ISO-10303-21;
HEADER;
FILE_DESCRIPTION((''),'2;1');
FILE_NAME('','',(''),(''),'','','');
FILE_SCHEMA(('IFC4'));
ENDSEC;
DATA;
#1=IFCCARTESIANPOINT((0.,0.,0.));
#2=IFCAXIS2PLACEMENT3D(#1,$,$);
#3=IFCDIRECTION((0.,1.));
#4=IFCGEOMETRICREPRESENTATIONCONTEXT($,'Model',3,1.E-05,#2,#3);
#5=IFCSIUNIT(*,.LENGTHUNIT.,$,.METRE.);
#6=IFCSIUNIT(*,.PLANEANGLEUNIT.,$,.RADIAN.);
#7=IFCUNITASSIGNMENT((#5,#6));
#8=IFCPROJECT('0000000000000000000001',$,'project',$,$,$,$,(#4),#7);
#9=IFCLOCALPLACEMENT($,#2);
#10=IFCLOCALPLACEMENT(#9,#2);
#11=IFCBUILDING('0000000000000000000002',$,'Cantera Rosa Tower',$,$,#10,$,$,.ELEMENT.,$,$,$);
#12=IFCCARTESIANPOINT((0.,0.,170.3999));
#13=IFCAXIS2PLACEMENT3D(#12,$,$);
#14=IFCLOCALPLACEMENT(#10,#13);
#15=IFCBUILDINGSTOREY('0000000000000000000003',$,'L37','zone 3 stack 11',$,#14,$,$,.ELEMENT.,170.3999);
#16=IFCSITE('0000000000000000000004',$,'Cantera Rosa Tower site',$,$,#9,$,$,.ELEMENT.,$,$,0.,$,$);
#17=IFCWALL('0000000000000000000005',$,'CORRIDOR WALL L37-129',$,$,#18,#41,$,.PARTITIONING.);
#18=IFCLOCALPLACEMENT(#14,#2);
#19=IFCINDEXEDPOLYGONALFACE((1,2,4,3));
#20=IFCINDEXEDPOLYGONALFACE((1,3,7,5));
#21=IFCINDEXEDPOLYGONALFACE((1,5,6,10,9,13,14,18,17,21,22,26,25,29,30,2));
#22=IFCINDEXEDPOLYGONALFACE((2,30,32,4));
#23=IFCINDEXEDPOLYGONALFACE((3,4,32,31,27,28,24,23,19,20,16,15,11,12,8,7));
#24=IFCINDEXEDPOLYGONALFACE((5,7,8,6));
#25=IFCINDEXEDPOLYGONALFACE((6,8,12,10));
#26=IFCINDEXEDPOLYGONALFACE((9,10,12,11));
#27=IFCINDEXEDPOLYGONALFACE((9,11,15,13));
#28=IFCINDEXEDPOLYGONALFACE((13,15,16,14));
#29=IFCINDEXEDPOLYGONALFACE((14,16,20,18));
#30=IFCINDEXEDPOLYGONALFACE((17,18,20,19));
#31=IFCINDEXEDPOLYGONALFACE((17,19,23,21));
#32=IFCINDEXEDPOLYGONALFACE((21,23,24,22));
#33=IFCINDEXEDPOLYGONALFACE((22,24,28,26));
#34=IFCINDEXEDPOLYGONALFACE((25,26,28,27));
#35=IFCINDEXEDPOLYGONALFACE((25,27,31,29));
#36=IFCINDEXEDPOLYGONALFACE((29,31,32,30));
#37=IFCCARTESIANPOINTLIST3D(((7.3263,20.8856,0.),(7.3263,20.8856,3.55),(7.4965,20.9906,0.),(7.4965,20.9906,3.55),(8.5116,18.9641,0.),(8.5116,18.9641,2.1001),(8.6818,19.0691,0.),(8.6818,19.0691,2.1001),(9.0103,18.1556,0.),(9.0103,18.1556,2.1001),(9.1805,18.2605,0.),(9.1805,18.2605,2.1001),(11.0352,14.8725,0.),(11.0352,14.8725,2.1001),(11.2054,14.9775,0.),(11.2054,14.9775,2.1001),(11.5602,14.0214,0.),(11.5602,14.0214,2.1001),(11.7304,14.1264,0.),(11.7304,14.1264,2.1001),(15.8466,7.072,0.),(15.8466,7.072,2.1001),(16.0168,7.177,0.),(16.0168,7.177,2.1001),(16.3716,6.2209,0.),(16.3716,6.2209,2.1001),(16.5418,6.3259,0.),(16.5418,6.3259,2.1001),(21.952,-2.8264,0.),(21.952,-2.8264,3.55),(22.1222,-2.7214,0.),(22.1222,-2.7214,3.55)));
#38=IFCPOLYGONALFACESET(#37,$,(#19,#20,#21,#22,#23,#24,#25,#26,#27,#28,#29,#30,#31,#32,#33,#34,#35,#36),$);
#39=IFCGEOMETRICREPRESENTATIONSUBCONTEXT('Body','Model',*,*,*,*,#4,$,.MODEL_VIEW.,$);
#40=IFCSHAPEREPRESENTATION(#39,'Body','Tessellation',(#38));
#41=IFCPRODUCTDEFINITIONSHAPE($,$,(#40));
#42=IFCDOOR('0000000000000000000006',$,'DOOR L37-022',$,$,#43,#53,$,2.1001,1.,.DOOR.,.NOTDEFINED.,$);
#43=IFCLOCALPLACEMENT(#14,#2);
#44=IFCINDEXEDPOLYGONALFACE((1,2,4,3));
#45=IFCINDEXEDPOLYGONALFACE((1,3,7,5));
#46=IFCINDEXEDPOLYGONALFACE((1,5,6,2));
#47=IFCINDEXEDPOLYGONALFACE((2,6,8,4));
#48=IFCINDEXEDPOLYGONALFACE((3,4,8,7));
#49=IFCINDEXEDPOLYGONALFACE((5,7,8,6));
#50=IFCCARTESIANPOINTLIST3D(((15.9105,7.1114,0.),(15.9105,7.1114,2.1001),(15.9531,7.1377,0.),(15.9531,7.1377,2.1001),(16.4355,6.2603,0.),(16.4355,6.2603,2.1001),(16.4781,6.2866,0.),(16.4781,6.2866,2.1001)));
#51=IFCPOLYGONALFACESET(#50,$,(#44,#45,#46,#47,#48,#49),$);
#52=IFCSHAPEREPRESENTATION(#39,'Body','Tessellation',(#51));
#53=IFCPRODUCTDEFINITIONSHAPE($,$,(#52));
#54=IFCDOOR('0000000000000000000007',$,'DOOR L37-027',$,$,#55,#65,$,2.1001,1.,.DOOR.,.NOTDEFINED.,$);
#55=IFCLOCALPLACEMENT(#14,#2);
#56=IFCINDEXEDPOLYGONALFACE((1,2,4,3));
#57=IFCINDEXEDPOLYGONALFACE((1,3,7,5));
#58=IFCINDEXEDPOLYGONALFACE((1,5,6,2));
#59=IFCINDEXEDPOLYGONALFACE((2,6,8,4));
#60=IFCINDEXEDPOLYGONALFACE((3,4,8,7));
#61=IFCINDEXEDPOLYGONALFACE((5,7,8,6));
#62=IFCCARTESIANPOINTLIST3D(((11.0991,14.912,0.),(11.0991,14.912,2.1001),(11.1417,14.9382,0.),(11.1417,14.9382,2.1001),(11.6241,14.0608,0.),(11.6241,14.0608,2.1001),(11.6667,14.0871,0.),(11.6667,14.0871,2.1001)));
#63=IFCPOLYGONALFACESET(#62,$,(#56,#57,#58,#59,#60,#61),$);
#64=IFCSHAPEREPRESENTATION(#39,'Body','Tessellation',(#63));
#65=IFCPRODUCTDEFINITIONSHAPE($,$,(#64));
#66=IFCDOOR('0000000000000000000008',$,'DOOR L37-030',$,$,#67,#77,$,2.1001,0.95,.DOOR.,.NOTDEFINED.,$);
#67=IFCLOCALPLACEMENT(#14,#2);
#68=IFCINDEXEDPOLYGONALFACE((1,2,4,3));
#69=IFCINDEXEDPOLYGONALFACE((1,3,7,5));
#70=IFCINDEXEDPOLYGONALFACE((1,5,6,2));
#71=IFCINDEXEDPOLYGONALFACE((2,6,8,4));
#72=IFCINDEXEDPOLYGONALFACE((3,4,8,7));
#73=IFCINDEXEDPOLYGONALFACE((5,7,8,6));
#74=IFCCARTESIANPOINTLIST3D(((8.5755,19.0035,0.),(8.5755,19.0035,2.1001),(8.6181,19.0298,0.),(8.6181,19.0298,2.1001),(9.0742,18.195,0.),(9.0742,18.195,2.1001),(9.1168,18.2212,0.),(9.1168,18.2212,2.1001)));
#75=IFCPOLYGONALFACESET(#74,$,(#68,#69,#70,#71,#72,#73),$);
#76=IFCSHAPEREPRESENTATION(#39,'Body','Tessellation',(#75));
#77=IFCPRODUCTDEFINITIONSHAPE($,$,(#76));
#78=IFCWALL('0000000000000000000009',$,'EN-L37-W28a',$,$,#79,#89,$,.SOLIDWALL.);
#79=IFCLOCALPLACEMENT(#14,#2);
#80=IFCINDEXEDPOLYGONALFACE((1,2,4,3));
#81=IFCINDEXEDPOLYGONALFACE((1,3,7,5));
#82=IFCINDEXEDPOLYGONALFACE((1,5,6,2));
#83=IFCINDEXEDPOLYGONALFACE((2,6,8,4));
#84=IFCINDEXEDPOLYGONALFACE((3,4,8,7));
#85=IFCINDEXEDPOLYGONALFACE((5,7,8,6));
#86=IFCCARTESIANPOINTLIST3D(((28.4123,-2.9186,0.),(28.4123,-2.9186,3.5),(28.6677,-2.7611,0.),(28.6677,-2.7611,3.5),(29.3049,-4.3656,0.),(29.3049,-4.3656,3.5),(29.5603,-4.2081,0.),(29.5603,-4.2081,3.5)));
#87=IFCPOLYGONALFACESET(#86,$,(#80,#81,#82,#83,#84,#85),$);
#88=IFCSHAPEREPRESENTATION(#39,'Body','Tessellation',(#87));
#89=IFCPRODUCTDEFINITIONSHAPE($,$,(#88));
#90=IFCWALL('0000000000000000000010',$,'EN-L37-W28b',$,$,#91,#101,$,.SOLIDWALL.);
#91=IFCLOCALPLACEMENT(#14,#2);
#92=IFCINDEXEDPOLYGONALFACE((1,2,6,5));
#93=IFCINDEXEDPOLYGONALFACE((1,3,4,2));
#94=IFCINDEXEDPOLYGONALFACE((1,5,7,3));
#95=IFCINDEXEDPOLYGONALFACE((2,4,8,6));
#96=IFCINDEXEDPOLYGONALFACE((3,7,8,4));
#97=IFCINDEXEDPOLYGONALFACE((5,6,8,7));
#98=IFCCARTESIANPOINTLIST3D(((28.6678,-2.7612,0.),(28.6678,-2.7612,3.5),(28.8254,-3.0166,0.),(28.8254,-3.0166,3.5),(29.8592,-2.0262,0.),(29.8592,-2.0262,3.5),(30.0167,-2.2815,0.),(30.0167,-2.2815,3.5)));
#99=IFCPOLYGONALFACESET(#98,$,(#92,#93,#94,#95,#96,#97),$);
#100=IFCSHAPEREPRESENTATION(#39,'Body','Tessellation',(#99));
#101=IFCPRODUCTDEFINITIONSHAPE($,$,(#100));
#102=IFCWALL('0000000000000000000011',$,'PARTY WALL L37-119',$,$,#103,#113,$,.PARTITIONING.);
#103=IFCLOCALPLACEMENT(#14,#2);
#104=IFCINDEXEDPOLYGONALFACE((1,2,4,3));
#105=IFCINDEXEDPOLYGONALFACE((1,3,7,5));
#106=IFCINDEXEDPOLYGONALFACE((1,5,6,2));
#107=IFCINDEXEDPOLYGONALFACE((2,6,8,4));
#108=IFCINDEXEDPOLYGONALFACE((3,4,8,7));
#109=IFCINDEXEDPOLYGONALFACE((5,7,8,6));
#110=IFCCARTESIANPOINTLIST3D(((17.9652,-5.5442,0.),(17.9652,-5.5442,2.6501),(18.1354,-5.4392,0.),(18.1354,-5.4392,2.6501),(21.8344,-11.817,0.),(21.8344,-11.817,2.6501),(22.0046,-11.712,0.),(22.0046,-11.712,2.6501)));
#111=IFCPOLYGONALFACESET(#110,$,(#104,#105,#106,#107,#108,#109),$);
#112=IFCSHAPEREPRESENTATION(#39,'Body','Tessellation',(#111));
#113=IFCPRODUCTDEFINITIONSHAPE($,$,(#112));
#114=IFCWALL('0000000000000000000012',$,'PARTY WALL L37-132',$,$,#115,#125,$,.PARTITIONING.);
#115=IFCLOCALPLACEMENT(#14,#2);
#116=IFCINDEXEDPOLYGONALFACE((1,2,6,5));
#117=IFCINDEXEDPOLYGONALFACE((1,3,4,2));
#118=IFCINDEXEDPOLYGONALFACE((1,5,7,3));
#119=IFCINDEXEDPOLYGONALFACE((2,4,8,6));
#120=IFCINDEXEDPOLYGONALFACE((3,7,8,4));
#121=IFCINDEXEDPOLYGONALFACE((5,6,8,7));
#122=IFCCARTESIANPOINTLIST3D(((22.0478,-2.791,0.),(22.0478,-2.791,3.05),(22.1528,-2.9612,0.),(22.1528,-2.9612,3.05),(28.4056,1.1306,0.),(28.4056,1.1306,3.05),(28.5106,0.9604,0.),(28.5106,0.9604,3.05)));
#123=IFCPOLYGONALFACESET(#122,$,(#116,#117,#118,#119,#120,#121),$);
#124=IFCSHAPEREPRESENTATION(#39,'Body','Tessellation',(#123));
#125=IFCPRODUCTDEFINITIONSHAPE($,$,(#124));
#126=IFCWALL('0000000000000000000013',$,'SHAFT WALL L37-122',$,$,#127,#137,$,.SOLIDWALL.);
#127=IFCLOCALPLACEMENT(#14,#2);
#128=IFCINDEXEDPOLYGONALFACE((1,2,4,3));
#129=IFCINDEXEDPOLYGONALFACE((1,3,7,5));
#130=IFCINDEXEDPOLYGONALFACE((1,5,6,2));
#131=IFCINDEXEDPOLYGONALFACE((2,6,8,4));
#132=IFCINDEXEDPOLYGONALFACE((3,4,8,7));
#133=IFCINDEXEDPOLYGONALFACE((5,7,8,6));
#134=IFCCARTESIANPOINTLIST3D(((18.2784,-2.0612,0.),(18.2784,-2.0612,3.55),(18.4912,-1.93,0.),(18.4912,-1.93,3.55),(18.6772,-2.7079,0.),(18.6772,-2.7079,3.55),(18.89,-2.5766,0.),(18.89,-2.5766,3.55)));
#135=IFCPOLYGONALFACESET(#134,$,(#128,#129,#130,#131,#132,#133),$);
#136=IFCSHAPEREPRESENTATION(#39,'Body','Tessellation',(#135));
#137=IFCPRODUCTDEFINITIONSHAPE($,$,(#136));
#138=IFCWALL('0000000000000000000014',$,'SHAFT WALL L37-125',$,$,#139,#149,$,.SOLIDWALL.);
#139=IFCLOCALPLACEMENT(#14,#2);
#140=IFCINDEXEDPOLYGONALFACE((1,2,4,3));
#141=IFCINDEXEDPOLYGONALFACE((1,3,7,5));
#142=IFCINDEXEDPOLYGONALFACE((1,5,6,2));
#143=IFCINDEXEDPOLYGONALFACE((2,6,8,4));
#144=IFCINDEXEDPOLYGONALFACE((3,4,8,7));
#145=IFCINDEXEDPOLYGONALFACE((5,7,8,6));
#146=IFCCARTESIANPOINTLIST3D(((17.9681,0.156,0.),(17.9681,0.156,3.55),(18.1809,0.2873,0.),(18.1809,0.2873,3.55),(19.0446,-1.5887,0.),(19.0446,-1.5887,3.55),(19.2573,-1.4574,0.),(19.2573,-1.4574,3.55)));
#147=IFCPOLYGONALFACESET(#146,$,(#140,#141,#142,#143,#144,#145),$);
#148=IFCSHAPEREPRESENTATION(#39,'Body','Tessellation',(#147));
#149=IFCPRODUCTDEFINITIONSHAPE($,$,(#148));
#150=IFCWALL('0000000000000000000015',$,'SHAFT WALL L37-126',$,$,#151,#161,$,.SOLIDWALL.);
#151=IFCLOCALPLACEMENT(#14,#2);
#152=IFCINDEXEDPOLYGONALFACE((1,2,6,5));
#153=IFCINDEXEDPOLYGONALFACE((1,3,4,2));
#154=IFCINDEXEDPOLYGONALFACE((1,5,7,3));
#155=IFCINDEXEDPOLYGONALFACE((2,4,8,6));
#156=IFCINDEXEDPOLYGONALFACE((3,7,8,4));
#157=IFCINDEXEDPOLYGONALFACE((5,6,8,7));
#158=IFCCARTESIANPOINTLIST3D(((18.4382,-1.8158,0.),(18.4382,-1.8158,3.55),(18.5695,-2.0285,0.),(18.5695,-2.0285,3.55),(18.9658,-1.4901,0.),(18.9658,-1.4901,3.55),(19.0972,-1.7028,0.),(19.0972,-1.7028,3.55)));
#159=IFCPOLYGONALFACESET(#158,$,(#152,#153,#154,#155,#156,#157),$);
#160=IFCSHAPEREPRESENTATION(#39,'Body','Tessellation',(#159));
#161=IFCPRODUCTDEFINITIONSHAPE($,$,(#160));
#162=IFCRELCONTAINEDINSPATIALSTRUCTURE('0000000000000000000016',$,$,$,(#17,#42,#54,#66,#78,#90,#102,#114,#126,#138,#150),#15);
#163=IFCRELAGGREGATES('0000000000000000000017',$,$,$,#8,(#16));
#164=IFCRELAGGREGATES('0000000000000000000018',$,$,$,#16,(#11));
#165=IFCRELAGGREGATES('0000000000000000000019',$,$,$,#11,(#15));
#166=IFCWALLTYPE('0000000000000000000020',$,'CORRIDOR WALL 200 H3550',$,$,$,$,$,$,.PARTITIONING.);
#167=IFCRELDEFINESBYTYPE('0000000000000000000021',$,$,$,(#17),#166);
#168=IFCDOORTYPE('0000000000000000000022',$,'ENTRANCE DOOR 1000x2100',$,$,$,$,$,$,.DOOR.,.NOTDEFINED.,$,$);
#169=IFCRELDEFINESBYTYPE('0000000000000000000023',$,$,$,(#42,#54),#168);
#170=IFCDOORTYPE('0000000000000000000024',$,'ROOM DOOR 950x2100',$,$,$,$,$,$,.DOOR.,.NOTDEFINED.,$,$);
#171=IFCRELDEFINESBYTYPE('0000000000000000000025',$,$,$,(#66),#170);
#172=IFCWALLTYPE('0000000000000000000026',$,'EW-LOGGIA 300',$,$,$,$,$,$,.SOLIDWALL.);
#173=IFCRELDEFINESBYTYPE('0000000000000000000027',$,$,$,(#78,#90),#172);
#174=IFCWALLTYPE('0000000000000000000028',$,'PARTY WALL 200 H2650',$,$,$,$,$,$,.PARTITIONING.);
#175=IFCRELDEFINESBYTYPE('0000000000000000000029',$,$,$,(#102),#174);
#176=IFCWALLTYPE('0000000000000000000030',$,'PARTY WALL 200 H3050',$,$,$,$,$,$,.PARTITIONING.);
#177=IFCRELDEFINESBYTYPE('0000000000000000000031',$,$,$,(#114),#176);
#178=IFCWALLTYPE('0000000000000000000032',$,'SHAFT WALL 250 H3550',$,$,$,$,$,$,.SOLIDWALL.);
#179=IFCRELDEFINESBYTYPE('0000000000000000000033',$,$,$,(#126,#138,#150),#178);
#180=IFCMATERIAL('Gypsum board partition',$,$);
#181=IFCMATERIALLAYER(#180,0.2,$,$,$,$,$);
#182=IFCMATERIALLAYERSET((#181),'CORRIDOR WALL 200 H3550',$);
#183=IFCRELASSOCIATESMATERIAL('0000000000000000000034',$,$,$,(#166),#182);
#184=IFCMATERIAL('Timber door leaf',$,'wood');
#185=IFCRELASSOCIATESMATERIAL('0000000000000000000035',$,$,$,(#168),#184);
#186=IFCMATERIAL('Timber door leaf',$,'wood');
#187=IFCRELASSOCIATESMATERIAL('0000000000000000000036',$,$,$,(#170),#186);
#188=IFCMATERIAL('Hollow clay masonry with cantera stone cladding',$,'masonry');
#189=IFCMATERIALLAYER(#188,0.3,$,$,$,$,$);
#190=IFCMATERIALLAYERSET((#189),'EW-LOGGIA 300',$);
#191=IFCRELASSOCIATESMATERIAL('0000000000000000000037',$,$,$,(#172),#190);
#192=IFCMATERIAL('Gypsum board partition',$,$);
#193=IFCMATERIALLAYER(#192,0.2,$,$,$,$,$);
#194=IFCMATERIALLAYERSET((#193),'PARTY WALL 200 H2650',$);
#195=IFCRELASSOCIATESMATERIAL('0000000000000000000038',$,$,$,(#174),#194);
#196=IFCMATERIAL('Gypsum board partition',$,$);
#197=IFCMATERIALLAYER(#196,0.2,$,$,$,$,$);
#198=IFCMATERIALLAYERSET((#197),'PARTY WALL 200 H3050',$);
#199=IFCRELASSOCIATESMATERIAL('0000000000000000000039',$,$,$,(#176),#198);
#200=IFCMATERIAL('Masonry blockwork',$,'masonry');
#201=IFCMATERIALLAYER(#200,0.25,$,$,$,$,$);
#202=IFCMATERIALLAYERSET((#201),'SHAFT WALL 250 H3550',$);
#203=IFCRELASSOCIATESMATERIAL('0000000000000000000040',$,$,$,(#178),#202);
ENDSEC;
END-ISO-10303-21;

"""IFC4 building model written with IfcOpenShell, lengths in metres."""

from ifc_helpers import new_model, si_unit, direction, frame, frame_2d, origin, place, context, subcontext, project, spatial, rectangle, extrude, material, layer, layer_set, type_object, element, fill, save


model = new_model("IFC4")

# Units and contexts
model_context = context("Model", 3, precision=1e-05, world=origin(), true_north=direction((0.0, 1.0)))
body_context = subcontext(model_context, "Body", "Model", "MODEL_VIEW")
ifc_project = project(units=[si_unit("LENGTHUNIT", "METRE"), si_unit("PLANEANGLEUNIT", "RADIAN")], contexts=[model_context])

# Site, building, storey
site_placement = place(None, origin())
site = spatial("IfcSite", under=ifc_project, at=site_placement, Name="Cantera Rosa Tower site", CompositionType="ELEMENT", RefElevation=0.0)
building_placement = place(site_placement, origin())
building = spatial("IfcBuilding", under=site, at=building_placement, Name="Cantera Rosa Tower", CompositionType="ELEMENT")
storey_placement = place(building_placement, frame((0.0, 0.0, 170.3999)))
storey = spatial("IfcBuildingStorey", under=building, at=storey_placement, Name="L37", Description="zone 3 stack 11", CompositionType="ELEMENT", Elevation=170.3999)

# Shared definitions
ifc_material_1 = material(Name="Gypsum board partition")
ifc_layer_1 = layer(ifc_material_1, 0.2)
ifc_layer_set_1 = layer_set([ifc_layer_1], Name="CORRIDOR WALL 200 H3550")
wall_type_1 = type_object("IfcWallType", Name="CORRIDOR WALL 200 H3550", PredefinedType="PARTITIONING", material=ifc_layer_set_1)

# Wall, openings, doors
wall_1_placement = place(storey_placement, frame((22.0371, -2.7739, 0.0), z_axis=(0.0, 0.0, 1.0), x_axis=(-0.524973, 0.851119, 0.0)))
wall_1 = element("IfcWall", 1, at=wall_1_placement, inside=storey, type_object=wall_type_1, Name="CORRIDOR WALL L37-129", PredefinedType="PARTITIONING", context=body_context, shape_type="SweptSolid", body=[
    extrude(rectangle(XDim=27.8599, YDim=0.2, at=frame_2d((13.9299, 0.0))), origin(), (0.0, 0.0, 1.0), 3.55),
])
opening_1_placement = place(wall_1_placement, frame((10.6299, 0.0, 0.0)))
opening_1 = element("IfcOpeningElement", 2, at=opening_1_placement, cuts=wall_1, PredefinedType="OPENING", context=body_context, shape_type="SweptSolid", body=[
    extrude(rectangle(XDim=1.0, YDim=2.1001, at=frame_2d((0.5, 1.05))), frame((0.0, 0.1099, 0.0), z_axis=(0.0, -1.0, 0.0), x_axis=(1.0, 0.0, 0.0)), (0.0, 0.0, 1.0), 0.22),
])
opening_2_placement = place(wall_1_placement, frame((19.7949, 0.0, 0.0)))
opening_2 = element("IfcOpeningElement", 3, at=opening_2_placement, cuts=wall_1, PredefinedType="OPENING", context=body_context, shape_type="SweptSolid", body=[
    extrude(rectangle(XDim=1.0, YDim=2.1001, at=frame_2d((0.5, 1.05))), frame((0.0, 0.1099, 0.0), z_axis=(0.0, -1.0, 0.0), x_axis=(1.0, 0.0, 0.0)), (0.0, 0.0, 1.0), 0.22),
])
opening_3_placement = place(wall_1_placement, frame((24.6521, 0.0, 0.0)))
opening_3 = element("IfcOpeningElement", 4, at=opening_3_placement, cuts=wall_1, PredefinedType="OPENING", context=body_context, shape_type="SweptSolid", body=[
    extrude(rectangle(XDim=0.95, YDim=2.1001, at=frame_2d((0.4751, 1.05))), frame((0.0, 0.1099, 0.0), z_axis=(0.0, -1.0, 0.0), x_axis=(1.0, 0.0, 0.0)), (0.0, 0.0, 1.0), 0.22),
])
ifc_material_2 = material(Name="Timber door leaf", Category="wood")
door_type_1 = type_object("IfcDoorType", Name="ENTRANCE DOOR 1000x2100", OperationType="NOTDEFINED", PredefinedType="DOOR", material=ifc_material_2)
door_1_placement = place(opening_1_placement, origin())
door_1 = element("IfcDoor", 5, at=door_1_placement, inside=storey, type_object=door_type_1, Name="DOOR L37-022", OperationType="NOTDEFINED", OverallHeight=2.1001, OverallWidth=1.0, PredefinedType="DOOR", context=body_context, shape_type="SweptSolid", body=[
    extrude(rectangle(XDim=1.0, YDim=2.1001, at=frame_2d((0.5, 1.05))), frame((0.0, 0.0249, 0.0), z_axis=(0.0, -1.0, 0.0), x_axis=(1.0, 0.0, 0.0)), (0.0, 0.0, 1.0), 0.05),
])
fill(opening_1, door_1)
door_2_placement = place(opening_2_placement, origin())
door_2 = element("IfcDoor", 6, at=door_2_placement, inside=storey, type_object=door_type_1, Name="DOOR L37-027", OperationType="NOTDEFINED", OverallHeight=2.1001, OverallWidth=1.0, PredefinedType="DOOR", context=body_context, shape_type="SweptSolid", body=[
    extrude(rectangle(XDim=1.0, YDim=2.1001, at=frame_2d((0.5, 1.05))), frame((0.0, 0.0249, 0.0), z_axis=(0.0, -1.0, 0.0), x_axis=(1.0, 0.0, 0.0)), (0.0, 0.0, 1.0), 0.05),
])
fill(opening_2, door_2)
ifc_material_3 = material(Name="Timber door leaf", Category="wood")
door_type_2 = type_object("IfcDoorType", Name="ROOM DOOR 950x2100", OperationType="NOTDEFINED", PredefinedType="DOOR", material=ifc_material_3)
door_3_placement = place(opening_3_placement, origin())
door_3 = element("IfcDoor", 7, at=door_3_placement, inside=storey, type_object=door_type_2, Name="DOOR L37-030", OperationType="NOTDEFINED", OverallHeight=2.1001, OverallWidth=0.95, PredefinedType="DOOR", context=body_context, shape_type="SweptSolid", body=[
    extrude(rectangle(XDim=0.95, YDim=2.1001, at=frame_2d((0.4751, 1.05))), frame((0.0, 0.0249, 0.0), z_axis=(0.0, -1.0, 0.0), x_axis=(1.0, 0.0, 0.0)), (0.0, 0.0, 1.0), 0.05),
])
fill(opening_3, door_3)

# Walls
ifc_material_4 = material(Name="Hollow clay masonry with cantera stone cladding", Category="masonry")
ifc_layer_2 = layer(ifc_material_4, 0.3)
ifc_layer_set_2 = layer_set([ifc_layer_2], Name="EW-LOGGIA 300")
wall_type_2 = type_object("IfcWallType", Name="EW-LOGGIA 300", PredefinedType="SOLIDWALL", material=ifc_layer_set_2)
wall_2_placement = place(storey_placement, frame((29.4326, -4.2869, 0.0), z_axis=(0.0, 0.0, 1.0), x_axis=(-0.524994, 0.851106, 0.0)))
element("IfcWall", 8, at=wall_2_placement, inside=storey, type_object=wall_type_2, Name="EN-L37-W28a", PredefinedType="SOLIDWALL", context=body_context, shape_type="SweptSolid", body=[
    extrude(rectangle(XDim=1.7002, YDim=0.3, at=frame_2d((0.8501, 0.0))), origin(), (0.0, 0.0, 1.0), 3.5),
])
wall_3_placement = place(storey_placement, frame((28.7466, -2.8889, 0.0), z_axis=(0.0, 0.0, 1.0), x_axis=(0.851041, 0.525099, 0.0)))
element("IfcWall", 9, at=wall_3_placement, inside=storey, type_object=wall_type_2, Name="EN-L37-W28b", PredefinedType="SOLIDWALL", context=body_context, shape_type="SweptSolid", body=[
    extrude(rectangle(XDim=1.3999, YDim=0.3, at=frame_2d((0.7, 0.0))), origin(), (0.0, 0.0, 1.0), 3.5),
])

# Walls
ifc_material_5 = material(Name="Gypsum board partition")
ifc_layer_3 = layer(ifc_material_5, 0.2)
ifc_layer_set_3 = layer_set([ifc_layer_3], Name="PARTY WALL 200 H2650")
wall_type_3 = type_object("IfcWallType", Name="PARTY WALL 200 H2650", PredefinedType="PARTITIONING", material=ifc_layer_set_3)
wall_4_placement = place(storey_placement, frame((18.0503, -5.4917, 0.0), z_axis=(0.0, 0.0, 1.0), x_axis=(0.524984, -0.851112, 0.0)))
element("IfcWall", 10, at=wall_4_placement, inside=storey, type_object=wall_type_3, Name="PARTY WALL L37-119", PredefinedType="PARTITIONING", context=body_context, shape_type="SweptSolid", body=[
    extrude(rectangle(XDim=7.3701, YDim=0.2, at=frame_2d((3.6851, 0.0))), origin(), (0.0, 0.0, 1.0), 2.6501),
])
ifc_material_6 = material(Name="Gypsum board partition")
ifc_layer_4 = layer(ifc_material_6, 0.2)
ifc_layer_set_4 = layer_set([ifc_layer_4], Name="PARTY WALL 200 H3050")
wall_type_4 = type_object("IfcWallType", Name="PARTY WALL 200 H3050", PredefinedType="PARTITIONING", material=ifc_layer_set_4)
wall_5_placement = place(storey_placement, frame((28.458, 1.0454, 0.0), z_axis=(0.0, 0.0, 1.0), x_axis=(-0.851116, -0.524978, 0.0)))
element("IfcWall", 11, at=wall_5_placement, inside=storey, type_object=wall_type_4, Name="PARTY WALL L37-132", PredefinedType="PARTITIONING", context=body_context, shape_type="SweptSolid", body=[
    extrude(rectangle(XDim=7.47, YDim=0.2, at=frame_2d((3.7349, 0.0))), origin(), (0.0, 0.0, 1.0), 3.05),
])
ifc_material_7 = material(Name="Masonry blockwork", Category="masonry")
ifc_layer_5 = layer(ifc_material_7, 0.25)
ifc_layer_set_5 = layer_set([ifc_layer_5], Name="SHAFT WALL 250 H3550")
wall_type_5 = type_object("IfcWallType", Name="SHAFT WALL 250 H3550", PredefinedType="SOLIDWALL", material=ifc_layer_set_5)
wall_6_placement = place(storey_placement, frame((18.3848, -1.9956, 0.0), z_axis=(0.0, 0.0, 1.0), x_axis=(0.524993, -0.851106, 0.0)))
element("IfcWall", 12, at=wall_6_placement, inside=storey, type_object=wall_type_5, Name="SHAFT WALL L37-122", PredefinedType="SOLIDWALL", context=body_context, shape_type="SweptSolid", body=[
    extrude(rectangle(XDim=0.7598, YDim=0.25, at=frame_2d((0.3799, 0.0))), origin(), (0.0, 0.0, 1.0), 3.55),
])
wall_7_placement = place(storey_placement, frame((19.1509, -1.5229, 0.0), z_axis=(0.0, 0.0, 1.0), x_axis=(-0.525087, 0.851048, 0.0)))
element("IfcWall", 13, at=wall_7_placement, inside=storey, type_object=wall_type_5, Name="SHAFT WALL L37-125", PredefinedType="SOLIDWALL", context=body_context, shape_type="SweptSolid", body=[
    extrude(rectangle(XDim=2.05, YDim=0.25, at=frame_2d((1.0249, 0.0))), origin(), (0.0, 0.0, 1.0), 3.55),
])
wall_8_placement = place(storey_placement, frame((19.0315, -1.5964, 0.0), z_axis=(0.0, 0.0, 1.0), x_axis=(-0.850927, -0.525283, 0.0)))
element("IfcWall", 14, at=wall_8_placement, inside=storey, type_object=wall_type_5, Name="SHAFT WALL L37-126", PredefinedType="SOLIDWALL", context=body_context, shape_type="SweptSolid", body=[
    extrude(rectangle(XDim=0.6201, YDim=0.25, at=frame_2d((0.3101, 0.0))), origin(), (0.0, 0.0, 1.0), 3.55),
])

save(model, "model.ifc")
